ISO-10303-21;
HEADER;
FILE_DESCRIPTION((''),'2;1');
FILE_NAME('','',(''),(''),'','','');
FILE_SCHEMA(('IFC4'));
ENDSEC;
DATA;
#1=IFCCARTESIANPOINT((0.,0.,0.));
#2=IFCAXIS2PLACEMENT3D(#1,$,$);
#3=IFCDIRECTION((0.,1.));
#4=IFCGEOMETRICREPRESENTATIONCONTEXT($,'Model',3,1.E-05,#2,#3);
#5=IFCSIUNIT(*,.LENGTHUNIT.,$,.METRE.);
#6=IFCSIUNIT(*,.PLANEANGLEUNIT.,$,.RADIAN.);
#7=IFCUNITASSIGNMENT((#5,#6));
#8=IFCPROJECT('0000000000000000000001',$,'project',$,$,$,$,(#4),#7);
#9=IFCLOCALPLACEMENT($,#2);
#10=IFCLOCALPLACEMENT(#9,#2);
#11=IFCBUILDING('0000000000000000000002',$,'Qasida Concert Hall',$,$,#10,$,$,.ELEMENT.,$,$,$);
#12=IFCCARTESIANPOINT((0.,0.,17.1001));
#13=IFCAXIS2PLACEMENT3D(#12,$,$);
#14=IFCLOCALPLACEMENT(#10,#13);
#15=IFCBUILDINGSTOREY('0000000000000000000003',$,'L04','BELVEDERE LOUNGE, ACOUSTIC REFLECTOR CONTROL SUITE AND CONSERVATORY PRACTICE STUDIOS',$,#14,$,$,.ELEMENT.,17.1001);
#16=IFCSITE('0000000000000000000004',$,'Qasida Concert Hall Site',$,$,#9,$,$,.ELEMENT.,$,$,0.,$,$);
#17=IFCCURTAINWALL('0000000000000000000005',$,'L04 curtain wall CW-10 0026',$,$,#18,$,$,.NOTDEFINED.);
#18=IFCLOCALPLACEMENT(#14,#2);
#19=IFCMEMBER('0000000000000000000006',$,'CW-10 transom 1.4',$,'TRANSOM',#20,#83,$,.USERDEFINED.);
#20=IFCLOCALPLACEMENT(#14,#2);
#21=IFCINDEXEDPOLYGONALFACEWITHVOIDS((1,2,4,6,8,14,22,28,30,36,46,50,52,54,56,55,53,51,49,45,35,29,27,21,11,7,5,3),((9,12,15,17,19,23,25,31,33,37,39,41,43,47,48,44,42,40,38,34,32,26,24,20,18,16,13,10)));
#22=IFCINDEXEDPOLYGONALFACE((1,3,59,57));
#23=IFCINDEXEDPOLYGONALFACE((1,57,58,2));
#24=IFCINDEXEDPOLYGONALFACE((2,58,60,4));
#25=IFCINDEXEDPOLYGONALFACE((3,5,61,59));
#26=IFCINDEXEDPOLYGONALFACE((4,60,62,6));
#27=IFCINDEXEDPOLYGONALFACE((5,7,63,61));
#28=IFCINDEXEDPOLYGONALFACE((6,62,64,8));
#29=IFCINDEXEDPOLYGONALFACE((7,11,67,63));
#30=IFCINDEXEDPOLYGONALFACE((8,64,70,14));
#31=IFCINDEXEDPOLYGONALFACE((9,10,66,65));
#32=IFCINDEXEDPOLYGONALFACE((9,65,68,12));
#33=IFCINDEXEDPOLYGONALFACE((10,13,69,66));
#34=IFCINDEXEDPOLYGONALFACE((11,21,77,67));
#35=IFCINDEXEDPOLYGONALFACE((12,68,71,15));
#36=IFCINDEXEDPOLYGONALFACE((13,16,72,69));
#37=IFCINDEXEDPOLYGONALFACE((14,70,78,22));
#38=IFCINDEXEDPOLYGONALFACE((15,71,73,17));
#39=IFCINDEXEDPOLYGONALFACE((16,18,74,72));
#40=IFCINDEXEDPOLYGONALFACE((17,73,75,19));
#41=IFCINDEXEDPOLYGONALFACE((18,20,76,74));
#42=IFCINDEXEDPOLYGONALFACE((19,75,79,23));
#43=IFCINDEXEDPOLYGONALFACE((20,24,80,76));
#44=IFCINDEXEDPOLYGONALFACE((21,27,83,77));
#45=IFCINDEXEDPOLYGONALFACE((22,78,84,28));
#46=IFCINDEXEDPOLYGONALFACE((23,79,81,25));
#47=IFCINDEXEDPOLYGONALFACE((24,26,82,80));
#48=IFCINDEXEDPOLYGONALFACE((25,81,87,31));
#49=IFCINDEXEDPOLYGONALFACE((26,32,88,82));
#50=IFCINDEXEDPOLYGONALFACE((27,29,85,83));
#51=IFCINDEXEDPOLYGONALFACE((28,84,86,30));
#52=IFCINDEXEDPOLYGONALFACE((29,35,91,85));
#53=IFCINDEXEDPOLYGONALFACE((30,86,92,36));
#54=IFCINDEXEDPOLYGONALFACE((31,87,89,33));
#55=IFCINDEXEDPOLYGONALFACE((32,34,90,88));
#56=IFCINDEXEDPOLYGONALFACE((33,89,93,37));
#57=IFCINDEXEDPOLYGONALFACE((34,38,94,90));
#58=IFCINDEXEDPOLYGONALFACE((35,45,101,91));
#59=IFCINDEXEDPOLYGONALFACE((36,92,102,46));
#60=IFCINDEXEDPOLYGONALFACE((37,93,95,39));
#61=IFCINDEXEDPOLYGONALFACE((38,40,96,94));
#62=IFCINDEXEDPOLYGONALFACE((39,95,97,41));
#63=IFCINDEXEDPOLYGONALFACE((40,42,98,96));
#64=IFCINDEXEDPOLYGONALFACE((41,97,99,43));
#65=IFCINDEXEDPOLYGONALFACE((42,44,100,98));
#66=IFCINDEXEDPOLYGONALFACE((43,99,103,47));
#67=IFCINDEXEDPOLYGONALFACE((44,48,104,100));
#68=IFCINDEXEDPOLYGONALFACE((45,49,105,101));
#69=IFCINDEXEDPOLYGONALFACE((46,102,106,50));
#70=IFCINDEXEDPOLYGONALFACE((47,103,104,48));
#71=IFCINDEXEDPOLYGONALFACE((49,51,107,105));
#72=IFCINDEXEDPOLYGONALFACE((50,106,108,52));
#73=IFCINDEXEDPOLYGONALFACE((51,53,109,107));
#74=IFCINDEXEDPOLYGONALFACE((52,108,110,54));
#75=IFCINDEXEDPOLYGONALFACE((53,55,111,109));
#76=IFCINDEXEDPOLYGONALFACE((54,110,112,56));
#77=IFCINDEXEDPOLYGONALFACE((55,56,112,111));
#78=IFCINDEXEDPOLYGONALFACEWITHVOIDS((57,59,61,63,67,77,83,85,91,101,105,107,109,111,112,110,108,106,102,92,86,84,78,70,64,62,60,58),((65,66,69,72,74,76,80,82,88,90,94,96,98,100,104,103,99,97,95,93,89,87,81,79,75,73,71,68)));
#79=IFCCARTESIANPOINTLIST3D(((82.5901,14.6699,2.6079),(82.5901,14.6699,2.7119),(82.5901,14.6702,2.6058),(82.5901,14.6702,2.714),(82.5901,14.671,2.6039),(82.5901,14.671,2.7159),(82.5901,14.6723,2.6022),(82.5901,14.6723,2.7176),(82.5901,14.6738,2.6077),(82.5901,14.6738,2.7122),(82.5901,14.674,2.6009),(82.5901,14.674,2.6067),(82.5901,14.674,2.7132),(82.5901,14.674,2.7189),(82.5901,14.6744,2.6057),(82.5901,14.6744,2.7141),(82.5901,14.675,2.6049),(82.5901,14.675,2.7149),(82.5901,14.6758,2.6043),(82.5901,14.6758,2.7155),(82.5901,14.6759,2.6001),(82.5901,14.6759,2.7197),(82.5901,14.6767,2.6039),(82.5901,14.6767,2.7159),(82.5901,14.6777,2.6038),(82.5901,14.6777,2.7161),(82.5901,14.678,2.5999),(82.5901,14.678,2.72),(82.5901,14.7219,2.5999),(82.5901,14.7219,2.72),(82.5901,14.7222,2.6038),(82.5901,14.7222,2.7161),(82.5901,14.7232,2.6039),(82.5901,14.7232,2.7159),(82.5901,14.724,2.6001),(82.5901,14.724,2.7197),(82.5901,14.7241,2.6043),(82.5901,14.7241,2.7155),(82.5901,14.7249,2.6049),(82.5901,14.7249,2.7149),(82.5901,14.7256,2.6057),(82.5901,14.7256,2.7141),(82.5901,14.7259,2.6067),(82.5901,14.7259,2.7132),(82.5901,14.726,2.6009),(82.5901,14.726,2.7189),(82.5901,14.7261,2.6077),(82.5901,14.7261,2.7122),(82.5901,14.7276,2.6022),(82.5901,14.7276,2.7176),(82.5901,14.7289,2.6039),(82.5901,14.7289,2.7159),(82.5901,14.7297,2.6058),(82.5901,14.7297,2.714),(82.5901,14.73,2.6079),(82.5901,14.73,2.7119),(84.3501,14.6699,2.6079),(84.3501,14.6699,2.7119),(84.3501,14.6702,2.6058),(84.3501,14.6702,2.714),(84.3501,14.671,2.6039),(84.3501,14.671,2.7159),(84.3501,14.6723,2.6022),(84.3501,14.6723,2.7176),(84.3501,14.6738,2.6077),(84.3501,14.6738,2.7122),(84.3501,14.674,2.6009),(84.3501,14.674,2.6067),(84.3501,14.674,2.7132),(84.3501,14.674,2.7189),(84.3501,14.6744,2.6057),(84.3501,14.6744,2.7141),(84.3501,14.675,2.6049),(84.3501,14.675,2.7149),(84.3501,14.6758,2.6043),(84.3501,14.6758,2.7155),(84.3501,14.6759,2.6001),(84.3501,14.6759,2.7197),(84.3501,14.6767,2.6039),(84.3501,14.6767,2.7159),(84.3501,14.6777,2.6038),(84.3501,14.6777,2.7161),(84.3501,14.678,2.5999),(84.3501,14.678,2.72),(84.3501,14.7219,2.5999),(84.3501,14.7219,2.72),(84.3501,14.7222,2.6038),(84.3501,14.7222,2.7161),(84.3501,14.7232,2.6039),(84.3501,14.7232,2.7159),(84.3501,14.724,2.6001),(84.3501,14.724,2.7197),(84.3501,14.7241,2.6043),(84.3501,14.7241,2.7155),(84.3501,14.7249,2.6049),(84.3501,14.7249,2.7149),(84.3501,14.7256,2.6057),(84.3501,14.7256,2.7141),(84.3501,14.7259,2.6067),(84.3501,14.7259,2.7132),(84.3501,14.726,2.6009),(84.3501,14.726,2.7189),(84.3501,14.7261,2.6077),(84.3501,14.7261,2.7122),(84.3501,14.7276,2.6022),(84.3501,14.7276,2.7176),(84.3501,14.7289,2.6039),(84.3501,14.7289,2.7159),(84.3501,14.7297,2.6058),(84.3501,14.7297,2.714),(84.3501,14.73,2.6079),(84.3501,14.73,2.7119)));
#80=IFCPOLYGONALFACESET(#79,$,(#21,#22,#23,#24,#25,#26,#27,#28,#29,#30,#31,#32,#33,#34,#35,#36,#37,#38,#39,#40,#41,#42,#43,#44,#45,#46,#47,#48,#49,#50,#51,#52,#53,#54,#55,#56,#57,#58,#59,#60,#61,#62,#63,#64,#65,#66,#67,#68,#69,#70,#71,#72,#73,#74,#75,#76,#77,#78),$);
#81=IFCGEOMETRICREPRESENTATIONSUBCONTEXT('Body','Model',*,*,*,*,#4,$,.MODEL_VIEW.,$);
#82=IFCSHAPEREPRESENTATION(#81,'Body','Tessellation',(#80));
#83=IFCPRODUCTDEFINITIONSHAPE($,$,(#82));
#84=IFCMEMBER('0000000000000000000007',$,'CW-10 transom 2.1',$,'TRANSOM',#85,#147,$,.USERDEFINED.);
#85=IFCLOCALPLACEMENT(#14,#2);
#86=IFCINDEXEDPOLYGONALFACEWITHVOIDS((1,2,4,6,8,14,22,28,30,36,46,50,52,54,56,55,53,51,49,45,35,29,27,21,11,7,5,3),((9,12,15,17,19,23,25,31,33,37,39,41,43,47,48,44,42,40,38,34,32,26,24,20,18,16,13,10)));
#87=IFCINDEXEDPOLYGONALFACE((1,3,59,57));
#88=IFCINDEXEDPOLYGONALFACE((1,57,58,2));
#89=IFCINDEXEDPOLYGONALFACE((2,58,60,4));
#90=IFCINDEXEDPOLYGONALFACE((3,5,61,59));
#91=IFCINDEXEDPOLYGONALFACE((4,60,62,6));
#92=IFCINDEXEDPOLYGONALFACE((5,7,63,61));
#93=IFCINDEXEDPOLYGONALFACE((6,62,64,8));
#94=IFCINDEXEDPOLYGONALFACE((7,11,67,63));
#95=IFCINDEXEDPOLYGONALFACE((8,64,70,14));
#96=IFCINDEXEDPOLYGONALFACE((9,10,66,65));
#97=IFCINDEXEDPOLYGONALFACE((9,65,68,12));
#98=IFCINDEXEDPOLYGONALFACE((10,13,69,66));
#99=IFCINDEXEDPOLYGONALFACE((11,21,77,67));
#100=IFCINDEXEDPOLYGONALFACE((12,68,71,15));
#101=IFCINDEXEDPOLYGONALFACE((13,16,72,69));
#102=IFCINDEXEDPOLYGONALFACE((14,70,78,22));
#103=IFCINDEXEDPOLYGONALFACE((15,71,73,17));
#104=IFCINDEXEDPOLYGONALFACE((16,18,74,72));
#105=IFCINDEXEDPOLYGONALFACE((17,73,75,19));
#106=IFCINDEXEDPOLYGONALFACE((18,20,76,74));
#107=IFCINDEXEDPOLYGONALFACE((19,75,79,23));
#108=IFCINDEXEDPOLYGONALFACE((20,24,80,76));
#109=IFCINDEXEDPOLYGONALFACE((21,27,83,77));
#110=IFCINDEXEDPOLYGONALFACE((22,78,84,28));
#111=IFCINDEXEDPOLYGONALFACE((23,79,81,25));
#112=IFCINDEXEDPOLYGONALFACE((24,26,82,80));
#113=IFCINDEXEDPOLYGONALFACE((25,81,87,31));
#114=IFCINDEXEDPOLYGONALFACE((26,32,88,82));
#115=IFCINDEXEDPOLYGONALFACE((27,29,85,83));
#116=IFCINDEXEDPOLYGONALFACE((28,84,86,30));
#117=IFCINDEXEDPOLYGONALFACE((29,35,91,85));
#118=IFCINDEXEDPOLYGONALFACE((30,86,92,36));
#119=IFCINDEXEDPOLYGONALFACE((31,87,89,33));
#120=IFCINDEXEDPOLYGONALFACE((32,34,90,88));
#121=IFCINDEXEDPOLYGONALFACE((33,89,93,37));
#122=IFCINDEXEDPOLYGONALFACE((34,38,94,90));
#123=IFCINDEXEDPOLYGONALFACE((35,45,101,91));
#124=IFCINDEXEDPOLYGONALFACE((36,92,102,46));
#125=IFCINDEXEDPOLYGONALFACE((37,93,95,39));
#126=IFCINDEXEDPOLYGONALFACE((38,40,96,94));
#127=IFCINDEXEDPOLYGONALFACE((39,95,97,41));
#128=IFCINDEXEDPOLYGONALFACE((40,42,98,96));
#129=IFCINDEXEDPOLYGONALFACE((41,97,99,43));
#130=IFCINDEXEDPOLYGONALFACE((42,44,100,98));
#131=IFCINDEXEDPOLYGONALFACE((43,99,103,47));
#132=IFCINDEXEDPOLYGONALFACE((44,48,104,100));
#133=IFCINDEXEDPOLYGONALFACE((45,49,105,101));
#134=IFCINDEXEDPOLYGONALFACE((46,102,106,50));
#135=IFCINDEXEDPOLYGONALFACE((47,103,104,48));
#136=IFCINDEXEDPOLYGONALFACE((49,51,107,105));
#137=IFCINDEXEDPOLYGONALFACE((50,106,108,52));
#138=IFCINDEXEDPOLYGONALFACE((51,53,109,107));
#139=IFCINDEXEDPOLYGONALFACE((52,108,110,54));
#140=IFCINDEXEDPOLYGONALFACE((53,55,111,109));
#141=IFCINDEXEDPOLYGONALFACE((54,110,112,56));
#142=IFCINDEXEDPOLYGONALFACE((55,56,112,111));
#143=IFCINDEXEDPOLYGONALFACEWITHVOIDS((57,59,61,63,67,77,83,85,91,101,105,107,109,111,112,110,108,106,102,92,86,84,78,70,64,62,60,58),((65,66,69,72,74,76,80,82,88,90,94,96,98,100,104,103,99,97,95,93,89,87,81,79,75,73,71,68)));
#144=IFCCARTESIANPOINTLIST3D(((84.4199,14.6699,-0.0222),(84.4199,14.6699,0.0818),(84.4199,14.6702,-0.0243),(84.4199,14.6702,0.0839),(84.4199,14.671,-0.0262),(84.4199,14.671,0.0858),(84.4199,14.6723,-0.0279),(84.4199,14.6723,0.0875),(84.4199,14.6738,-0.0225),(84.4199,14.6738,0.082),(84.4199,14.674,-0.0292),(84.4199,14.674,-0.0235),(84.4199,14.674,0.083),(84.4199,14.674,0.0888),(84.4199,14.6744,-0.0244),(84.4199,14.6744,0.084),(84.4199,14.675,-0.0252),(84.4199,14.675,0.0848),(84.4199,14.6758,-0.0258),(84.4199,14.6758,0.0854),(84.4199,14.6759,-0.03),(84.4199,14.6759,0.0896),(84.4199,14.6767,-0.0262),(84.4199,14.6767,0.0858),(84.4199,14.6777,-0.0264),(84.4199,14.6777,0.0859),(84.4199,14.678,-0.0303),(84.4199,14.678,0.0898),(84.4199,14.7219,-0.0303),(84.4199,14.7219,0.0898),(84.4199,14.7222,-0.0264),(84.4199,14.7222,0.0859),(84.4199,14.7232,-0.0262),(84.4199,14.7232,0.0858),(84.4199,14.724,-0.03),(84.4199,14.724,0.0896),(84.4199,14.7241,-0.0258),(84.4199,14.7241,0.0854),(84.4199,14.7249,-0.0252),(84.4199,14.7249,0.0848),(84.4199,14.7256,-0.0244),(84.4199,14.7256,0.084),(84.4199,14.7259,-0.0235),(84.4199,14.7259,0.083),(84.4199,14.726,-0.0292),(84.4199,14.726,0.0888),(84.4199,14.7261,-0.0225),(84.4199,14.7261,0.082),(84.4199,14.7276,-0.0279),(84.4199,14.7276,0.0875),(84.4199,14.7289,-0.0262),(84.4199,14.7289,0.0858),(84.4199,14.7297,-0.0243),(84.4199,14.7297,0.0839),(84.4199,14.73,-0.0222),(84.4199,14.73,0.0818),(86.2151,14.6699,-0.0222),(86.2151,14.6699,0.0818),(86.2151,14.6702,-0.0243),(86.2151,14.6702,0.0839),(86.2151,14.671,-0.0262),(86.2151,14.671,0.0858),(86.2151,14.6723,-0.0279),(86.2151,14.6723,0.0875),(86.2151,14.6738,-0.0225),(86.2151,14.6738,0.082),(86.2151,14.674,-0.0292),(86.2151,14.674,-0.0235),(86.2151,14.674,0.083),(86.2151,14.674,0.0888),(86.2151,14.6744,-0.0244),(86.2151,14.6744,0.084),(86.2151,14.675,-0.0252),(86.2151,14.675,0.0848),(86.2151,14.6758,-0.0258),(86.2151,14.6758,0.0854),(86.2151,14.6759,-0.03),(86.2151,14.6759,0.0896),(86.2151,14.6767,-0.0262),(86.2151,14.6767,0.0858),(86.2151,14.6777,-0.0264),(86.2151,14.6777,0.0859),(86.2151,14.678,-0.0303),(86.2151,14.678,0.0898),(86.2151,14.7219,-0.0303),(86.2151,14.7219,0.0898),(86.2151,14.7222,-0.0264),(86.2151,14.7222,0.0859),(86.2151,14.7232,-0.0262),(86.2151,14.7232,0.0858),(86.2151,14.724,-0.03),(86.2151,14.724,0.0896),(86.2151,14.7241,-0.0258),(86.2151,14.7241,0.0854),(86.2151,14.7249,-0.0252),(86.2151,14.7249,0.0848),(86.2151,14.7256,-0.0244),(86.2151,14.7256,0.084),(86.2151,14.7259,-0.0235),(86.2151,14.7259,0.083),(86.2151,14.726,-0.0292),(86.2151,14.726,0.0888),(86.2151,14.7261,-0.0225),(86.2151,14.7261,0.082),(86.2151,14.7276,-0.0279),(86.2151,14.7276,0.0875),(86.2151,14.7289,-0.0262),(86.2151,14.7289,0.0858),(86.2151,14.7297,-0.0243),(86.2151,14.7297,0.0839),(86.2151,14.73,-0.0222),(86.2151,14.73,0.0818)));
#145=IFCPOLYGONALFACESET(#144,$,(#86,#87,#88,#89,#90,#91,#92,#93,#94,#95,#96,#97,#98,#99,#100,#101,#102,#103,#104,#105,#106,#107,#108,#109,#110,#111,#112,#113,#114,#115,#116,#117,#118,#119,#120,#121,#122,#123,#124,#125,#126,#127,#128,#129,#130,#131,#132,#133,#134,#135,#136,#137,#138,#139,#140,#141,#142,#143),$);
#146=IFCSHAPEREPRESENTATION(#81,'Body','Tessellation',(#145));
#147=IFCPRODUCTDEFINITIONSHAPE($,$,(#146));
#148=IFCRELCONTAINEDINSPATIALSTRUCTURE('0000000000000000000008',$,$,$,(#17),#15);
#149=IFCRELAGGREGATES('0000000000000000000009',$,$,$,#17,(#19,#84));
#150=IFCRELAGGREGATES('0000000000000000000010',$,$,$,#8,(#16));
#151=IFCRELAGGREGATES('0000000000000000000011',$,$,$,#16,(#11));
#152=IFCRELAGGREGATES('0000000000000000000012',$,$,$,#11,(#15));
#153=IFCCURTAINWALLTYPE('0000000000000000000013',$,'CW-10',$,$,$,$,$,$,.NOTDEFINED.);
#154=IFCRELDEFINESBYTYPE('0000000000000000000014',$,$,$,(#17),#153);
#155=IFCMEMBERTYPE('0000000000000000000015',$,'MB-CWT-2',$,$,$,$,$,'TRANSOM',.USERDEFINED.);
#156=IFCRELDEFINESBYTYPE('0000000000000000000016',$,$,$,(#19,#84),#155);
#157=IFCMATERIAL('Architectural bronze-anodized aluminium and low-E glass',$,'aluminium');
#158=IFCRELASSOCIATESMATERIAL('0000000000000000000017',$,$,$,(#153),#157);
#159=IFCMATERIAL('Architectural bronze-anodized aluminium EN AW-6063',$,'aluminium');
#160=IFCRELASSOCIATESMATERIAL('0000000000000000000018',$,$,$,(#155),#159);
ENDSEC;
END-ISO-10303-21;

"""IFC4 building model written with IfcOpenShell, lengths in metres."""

from ifc_helpers import new_model, si_unit, direction, frame, origin, origin_2d, place, context, subcontext, project, spatial, hollow_rectangle, extrude, material, material_profile, profile_set, type_object, element, aggregate, save


model = new_model("IFC4")

# Units and contexts
model_context = context("Model", 3, precision=1e-05, world=origin(), true_north=direction((0.0, 1.0)))
body_context = subcontext(model_context, "Body", "Model", "MODEL_VIEW")
ifc_project = project(units=[si_unit("LENGTHUNIT", "METRE"), si_unit("PLANEANGLEUNIT", "RADIAN")], contexts=[model_context])

# Site, building, storey
site_placement = place(None, origin())
site = spatial("IfcSite", under=ifc_project, at=site_placement, Name="Qasida Concert Hall Site", CompositionType="ELEMENT", RefElevation=0.0)
building_placement = place(site_placement, origin())
building = spatial("IfcBuilding", under=site, at=building_placement, Name="Qasida Concert Hall", CompositionType="ELEMENT")
storey_placement = place(building_placement, frame((0.0, 0.0, 17.1001)))
storey = spatial("IfcBuildingStorey", under=building, at=storey_placement, Name="L04", Description="BELVEDERE LOUNGE, ACOUSTIC REFLECTOR CONTROL SUITE AND CONSERVATORY PRACTICE STUDIOS", CompositionType="ELEMENT", Elevation=17.1001)

# Curtain wall, members
ifc_material_1 = material(Name="Architectural bronze-anodized aluminium and low-E glass", Category="aluminium")
curtain_wall_type = type_object("IfcCurtainWallType", Name="CW-10", PredefinedType="NOTDEFINED", material=ifc_material_1)
curtain_wall_placement = place(storey_placement, origin())
curtain_wall = element("IfcCurtainWall", 1, at=curtain_wall_placement, inside=storey, type_object=curtain_wall_type, Name="L04 curtain wall CW-10 0026", PredefinedType="NOTDEFINED")
ifc_material_2 = material(Name="Architectural bronze-anodized aluminium EN AW-6063", Category="aluminium")
ifc_material_profile_1 = material_profile(ifc_material_2, hollow_rectangle(XDim=0.0601, YDim=0.1201, WallThickness=0.0039, InnerFilletRadius=0.0039, OuterFilletRadius=0.0081, at=origin_2d()), Name="CWT 120x60x4")
ifc_profile_set_1 = profile_set([ifc_material_profile_1], Name="Architectural bronze-anodized aluminium EN AW-6063")
member_type_1 = type_object("IfcMemberType", Name="MB-CWT-2", ElementType="TRANSOM", PredefinedType="USERDEFINED", material=ifc_profile_set_1)
member_1_placement = place(storey_placement, frame((82.5901, 14.7, 2.6599), z_axis=(1.0, 0.0, 0.0), x_axis=(0.0, 1.0, 0.0)))
member_1 = element("IfcMember", 2, at=member_1_placement, type_object=member_type_1, Name="CW-10 transom 1.4", ObjectType="TRANSOM", PredefinedType="USERDEFINED", context=body_context, shape_type="SweptSolid", body=[
    extrude(hollow_rectangle(XDim=0.0601, YDim=0.1201, WallThickness=0.0039, InnerFilletRadius=0.0039, OuterFilletRadius=0.0081, at=origin_2d()), origin(), (0.0, 0.0, 1.0), 1.76),
])
member_2_placement = place(storey_placement, frame((84.4199, 14.7, 0.0298), z_axis=(1.0, 0.0, 0.0), x_axis=(0.0, 1.0, 0.0)))
member_2 = element("IfcMember", 3, at=member_2_placement, type_object=member_type_1, Name="CW-10 transom 2.1", ObjectType="TRANSOM", PredefinedType="USERDEFINED", context=body_context, shape_type="SweptSolid", body=[
    extrude(hollow_rectangle(XDim=0.0601, YDim=0.1201, WallThickness=0.0039, InnerFilletRadius=0.0039, OuterFilletRadius=0.0081, at=origin_2d()), origin(), (0.0, 0.0, 1.0), 1.7952),
])
aggregate(curtain_wall, [member_1, member_2])

save(model, "model.ifc")
